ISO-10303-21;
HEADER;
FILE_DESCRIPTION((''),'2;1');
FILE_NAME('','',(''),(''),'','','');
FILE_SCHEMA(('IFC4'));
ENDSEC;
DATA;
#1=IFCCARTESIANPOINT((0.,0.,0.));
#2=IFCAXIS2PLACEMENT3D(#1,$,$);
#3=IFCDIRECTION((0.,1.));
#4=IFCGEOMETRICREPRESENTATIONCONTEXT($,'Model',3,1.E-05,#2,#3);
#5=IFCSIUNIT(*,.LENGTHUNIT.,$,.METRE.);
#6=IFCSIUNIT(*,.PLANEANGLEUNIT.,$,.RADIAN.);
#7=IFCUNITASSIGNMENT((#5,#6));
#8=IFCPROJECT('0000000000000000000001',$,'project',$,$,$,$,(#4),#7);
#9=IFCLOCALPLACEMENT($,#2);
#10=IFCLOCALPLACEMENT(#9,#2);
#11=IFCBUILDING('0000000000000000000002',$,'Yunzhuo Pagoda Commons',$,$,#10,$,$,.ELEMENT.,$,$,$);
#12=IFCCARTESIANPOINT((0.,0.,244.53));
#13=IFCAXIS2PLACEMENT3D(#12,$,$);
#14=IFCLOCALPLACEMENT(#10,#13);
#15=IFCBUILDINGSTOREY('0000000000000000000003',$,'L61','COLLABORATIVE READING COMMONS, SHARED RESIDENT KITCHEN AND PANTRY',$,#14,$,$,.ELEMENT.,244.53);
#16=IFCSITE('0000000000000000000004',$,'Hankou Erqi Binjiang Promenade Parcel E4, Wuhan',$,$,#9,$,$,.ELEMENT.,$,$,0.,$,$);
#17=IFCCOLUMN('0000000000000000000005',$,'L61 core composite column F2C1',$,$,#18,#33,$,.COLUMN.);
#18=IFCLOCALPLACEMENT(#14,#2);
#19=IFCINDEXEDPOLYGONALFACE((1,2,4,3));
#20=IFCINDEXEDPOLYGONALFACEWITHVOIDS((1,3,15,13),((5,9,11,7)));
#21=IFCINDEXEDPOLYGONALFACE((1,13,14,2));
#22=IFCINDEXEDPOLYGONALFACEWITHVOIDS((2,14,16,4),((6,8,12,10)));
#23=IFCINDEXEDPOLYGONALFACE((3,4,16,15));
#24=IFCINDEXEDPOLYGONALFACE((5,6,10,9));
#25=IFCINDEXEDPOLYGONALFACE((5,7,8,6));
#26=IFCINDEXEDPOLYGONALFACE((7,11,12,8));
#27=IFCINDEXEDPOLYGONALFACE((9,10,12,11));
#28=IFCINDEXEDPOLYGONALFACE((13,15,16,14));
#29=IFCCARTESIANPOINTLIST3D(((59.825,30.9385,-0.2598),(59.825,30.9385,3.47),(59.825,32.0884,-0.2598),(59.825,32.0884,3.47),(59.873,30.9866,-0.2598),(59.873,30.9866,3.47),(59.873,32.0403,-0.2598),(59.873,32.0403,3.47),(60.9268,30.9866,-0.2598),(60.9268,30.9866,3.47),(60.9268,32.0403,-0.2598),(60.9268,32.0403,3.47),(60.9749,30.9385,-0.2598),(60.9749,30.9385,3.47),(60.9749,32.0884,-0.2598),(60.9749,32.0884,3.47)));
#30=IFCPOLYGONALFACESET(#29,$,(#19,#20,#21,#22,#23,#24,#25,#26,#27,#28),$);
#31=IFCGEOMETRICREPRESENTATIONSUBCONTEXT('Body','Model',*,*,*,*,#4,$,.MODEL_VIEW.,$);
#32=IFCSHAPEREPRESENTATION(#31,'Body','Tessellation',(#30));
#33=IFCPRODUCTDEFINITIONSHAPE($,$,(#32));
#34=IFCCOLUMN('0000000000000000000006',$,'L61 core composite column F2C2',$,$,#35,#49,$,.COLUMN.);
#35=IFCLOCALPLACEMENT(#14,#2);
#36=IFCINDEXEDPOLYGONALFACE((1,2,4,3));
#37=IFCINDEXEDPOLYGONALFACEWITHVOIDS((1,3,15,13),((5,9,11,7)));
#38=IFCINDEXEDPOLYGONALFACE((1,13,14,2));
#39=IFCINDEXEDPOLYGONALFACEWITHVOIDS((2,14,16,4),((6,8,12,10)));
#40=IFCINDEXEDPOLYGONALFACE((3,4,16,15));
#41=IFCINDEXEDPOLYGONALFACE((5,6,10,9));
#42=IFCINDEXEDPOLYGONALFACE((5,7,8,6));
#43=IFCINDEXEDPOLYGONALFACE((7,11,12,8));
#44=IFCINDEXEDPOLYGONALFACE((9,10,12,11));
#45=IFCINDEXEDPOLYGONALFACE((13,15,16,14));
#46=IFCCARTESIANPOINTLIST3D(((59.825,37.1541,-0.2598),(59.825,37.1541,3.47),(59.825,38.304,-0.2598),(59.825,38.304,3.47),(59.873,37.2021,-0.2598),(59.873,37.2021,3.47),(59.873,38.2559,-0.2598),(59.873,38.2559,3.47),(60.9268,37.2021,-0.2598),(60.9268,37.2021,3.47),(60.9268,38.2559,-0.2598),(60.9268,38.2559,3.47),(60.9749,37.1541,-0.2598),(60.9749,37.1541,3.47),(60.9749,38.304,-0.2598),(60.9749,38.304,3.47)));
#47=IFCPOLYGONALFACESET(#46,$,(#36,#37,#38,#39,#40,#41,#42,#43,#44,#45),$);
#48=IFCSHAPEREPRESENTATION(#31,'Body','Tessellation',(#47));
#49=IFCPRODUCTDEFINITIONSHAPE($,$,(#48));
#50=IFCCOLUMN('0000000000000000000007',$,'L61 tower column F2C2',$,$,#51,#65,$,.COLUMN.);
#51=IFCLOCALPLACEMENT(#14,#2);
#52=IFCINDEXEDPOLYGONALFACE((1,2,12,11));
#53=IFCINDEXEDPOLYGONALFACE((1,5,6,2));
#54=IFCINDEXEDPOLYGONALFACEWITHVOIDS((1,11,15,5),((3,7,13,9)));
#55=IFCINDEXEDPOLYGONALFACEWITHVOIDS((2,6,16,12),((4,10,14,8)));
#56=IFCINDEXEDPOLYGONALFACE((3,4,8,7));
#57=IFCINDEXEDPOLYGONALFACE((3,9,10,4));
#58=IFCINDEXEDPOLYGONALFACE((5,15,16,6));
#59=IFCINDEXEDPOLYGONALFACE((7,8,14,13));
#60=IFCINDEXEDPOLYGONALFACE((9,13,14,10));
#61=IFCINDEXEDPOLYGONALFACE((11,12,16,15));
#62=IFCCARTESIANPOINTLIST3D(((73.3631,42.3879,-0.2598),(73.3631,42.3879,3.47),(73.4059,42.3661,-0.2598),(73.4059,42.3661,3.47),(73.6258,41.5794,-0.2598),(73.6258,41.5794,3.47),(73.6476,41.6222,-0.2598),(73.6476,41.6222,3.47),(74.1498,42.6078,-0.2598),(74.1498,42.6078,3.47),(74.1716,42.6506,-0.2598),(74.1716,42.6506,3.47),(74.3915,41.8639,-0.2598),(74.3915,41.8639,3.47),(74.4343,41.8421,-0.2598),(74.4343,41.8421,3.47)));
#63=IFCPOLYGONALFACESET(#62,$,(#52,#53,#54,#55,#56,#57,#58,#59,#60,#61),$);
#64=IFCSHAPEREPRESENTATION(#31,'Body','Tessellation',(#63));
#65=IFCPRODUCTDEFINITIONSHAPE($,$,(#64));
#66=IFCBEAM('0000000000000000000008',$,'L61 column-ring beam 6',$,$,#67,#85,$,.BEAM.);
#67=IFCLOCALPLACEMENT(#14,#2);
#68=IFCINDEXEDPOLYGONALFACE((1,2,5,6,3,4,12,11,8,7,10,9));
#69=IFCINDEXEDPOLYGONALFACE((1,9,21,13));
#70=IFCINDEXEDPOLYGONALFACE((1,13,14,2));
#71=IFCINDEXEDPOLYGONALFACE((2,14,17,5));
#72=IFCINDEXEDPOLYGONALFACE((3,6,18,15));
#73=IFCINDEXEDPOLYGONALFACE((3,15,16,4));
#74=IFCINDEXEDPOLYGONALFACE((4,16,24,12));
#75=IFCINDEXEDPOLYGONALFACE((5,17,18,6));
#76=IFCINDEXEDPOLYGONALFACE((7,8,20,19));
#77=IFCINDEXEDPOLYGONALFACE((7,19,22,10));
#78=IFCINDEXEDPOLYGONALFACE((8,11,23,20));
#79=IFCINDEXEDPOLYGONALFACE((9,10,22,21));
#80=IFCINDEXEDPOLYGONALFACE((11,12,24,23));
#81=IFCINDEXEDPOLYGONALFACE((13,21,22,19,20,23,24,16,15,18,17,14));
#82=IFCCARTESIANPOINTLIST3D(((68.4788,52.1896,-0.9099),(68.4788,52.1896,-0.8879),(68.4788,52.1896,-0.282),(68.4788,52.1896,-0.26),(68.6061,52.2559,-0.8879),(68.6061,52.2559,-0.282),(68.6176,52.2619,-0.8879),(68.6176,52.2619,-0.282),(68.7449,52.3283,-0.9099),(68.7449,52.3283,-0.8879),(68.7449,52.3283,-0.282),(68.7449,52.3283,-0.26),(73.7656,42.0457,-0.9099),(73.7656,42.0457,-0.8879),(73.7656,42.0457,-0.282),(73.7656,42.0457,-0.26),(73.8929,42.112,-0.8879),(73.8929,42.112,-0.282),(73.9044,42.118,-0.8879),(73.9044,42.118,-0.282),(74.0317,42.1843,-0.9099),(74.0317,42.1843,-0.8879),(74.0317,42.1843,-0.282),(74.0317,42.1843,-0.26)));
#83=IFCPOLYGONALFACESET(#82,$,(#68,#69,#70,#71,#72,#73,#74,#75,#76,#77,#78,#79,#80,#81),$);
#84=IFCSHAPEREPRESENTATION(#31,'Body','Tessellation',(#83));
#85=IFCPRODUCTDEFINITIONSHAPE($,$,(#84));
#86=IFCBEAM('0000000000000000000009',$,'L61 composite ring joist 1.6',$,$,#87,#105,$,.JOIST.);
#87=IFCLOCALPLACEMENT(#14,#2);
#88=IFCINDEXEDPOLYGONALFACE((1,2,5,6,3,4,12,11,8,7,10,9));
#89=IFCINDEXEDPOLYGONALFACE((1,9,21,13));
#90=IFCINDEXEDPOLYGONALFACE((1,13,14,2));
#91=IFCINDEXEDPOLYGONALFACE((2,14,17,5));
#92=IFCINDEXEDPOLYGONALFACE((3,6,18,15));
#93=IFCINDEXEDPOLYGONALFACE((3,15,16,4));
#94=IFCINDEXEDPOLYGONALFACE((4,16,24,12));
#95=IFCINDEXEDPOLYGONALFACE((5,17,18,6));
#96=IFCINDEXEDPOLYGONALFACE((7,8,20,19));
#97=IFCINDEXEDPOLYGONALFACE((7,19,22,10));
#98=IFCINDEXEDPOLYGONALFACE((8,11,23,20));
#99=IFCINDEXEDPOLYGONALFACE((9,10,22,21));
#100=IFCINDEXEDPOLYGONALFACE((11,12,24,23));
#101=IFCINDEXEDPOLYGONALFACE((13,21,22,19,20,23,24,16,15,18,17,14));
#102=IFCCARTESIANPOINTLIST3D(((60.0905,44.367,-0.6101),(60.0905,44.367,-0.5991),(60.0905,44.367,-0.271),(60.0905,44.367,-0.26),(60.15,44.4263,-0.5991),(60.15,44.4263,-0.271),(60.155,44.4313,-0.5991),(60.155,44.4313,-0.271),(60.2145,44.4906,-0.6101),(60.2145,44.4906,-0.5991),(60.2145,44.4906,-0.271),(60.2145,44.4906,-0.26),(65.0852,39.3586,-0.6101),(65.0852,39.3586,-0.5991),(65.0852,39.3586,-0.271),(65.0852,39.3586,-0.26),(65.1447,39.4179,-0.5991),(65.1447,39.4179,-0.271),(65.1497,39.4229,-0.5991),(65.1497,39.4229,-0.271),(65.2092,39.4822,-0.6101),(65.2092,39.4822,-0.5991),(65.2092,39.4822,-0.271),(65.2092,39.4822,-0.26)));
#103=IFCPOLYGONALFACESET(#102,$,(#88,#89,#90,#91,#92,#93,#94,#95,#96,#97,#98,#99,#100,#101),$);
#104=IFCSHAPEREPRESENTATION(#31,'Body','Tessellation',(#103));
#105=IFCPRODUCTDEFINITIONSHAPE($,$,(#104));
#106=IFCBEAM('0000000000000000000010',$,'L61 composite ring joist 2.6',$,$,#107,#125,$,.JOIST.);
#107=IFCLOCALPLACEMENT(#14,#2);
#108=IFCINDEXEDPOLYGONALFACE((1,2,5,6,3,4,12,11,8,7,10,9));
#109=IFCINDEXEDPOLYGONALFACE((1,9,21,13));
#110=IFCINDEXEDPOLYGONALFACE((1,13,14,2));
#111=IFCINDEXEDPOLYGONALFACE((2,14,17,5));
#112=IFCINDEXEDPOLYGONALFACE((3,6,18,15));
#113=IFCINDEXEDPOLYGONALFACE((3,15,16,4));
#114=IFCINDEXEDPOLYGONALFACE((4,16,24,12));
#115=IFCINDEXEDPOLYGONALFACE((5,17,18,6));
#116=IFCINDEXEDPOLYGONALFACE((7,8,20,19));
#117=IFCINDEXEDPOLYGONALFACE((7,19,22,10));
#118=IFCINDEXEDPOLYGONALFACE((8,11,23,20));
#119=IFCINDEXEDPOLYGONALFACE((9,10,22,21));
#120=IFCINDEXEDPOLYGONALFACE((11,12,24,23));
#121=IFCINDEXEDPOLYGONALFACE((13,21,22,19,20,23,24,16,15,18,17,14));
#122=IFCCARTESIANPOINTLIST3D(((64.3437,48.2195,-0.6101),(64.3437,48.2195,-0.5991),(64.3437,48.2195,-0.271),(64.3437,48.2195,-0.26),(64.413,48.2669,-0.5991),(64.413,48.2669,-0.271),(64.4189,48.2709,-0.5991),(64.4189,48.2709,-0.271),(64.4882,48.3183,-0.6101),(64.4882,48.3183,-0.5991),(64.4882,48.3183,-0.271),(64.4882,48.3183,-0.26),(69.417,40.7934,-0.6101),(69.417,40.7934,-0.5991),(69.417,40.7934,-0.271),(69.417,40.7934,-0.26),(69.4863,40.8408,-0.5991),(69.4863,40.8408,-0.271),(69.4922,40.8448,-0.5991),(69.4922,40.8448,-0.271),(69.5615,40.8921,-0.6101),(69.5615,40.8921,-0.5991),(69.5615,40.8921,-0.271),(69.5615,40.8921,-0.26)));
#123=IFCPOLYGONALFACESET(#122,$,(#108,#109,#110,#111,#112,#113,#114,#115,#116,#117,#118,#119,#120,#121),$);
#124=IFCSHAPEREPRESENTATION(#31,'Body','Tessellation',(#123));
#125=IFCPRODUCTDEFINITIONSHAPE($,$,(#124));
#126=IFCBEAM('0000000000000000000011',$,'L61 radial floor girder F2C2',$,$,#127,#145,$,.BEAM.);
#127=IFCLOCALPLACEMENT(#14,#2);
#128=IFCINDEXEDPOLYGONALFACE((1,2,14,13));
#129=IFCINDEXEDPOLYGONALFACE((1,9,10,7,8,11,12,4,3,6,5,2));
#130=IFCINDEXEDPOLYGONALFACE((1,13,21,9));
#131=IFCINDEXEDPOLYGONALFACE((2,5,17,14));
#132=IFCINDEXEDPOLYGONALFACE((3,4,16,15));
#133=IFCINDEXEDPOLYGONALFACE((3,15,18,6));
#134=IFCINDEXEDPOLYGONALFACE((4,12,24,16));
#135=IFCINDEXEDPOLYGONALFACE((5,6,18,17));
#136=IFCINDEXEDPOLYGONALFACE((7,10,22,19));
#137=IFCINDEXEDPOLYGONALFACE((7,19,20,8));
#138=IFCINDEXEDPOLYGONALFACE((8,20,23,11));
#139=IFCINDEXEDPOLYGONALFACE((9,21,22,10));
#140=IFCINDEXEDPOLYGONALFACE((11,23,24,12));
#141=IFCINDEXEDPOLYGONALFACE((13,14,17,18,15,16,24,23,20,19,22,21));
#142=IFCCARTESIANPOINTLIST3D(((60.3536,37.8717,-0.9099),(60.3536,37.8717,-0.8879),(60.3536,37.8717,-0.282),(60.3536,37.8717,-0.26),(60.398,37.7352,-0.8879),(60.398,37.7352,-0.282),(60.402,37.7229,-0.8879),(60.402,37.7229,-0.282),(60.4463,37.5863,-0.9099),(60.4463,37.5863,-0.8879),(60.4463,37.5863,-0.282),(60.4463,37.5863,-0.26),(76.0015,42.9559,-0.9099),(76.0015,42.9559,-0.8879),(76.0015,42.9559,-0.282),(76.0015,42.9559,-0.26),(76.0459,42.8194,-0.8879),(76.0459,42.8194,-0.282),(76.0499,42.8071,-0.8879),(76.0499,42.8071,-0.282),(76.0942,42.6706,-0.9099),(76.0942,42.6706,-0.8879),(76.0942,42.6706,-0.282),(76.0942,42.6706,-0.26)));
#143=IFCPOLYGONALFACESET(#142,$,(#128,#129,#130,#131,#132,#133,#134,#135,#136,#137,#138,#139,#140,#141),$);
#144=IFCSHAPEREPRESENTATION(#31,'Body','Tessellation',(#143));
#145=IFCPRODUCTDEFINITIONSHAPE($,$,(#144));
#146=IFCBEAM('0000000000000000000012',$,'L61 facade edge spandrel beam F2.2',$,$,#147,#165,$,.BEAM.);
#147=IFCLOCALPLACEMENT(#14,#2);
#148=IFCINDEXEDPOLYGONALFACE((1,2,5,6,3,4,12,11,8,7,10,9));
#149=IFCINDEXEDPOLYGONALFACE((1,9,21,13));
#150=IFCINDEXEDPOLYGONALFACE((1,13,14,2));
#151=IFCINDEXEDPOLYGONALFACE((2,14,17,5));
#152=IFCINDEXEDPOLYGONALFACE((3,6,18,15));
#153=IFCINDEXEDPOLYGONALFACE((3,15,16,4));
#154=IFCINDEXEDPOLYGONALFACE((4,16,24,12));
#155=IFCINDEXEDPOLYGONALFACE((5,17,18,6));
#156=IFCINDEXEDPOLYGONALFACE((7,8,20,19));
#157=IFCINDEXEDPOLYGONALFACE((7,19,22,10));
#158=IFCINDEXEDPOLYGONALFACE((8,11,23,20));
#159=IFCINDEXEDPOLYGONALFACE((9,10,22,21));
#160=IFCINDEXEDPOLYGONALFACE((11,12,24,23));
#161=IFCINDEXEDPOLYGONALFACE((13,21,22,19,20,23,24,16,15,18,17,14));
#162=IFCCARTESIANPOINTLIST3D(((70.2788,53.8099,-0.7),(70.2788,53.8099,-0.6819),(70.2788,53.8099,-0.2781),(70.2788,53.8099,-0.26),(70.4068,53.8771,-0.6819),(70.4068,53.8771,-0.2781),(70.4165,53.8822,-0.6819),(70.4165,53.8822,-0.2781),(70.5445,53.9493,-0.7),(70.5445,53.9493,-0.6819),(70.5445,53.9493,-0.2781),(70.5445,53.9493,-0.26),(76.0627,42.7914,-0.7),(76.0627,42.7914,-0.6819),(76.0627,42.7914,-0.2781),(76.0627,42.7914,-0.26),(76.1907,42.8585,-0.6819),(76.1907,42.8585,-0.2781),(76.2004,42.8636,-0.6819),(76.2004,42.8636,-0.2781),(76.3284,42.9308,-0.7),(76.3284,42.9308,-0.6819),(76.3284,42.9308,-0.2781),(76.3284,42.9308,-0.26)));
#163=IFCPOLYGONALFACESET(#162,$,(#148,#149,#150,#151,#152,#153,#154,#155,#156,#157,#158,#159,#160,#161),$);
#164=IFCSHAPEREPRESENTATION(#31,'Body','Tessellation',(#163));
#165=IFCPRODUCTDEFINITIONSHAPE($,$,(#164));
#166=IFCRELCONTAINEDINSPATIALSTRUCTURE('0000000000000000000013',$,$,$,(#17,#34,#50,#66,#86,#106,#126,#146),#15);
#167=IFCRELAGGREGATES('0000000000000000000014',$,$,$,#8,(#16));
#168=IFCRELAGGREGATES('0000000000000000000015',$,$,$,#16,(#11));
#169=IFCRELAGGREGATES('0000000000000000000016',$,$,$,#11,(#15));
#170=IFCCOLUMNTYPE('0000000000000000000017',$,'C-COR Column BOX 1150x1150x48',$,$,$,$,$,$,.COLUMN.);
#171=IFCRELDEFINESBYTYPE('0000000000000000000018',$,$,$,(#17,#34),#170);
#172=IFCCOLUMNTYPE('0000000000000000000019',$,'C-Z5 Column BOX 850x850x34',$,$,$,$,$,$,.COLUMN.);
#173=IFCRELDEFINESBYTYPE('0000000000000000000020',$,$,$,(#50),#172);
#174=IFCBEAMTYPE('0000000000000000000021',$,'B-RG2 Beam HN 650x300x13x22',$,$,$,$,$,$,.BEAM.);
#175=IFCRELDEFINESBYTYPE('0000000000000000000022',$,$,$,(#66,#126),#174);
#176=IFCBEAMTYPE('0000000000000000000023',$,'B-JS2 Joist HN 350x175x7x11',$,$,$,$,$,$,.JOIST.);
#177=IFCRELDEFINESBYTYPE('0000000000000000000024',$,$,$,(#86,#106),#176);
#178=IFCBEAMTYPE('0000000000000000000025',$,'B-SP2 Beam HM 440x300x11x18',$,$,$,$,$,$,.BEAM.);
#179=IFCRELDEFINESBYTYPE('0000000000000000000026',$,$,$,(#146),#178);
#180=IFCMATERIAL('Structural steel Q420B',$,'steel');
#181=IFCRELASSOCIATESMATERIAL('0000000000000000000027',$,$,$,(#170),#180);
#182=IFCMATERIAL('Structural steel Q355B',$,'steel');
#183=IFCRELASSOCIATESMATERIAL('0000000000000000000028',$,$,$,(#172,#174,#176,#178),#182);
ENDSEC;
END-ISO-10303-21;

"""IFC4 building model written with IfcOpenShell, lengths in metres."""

from ifc_helpers import new_model, si_unit, direction, frame, origin, origin_2d, place, context, subcontext, project, spatial, hollow_rectangle, i_section, extrude, source, transform, mapped, material, material_profile, profile_set, type_object, element, save


model = new_model("IFC4")

# Units and contexts
model_context = context("Model", 3, precision=1e-05, world=origin(), true_north=direction((0.0, 1.0)))
body_context = subcontext(model_context, "Body", "Model", "MODEL_VIEW")
ifc_project = project(units=[si_unit("LENGTHUNIT", "METRE"), si_unit("PLANEANGLEUNIT", "RADIAN")], contexts=[model_context])

# Site, building, storey
site_placement = place(None, origin())
site = spatial("IfcSite", under=ifc_project, at=site_placement, Name="Hankou Erqi Binjiang Promenade Parcel E4, Wuhan", CompositionType="ELEMENT", RefElevation=0.0)
building_placement = place(site_placement, origin())
building = spatial("IfcBuilding", under=site, at=building_placement, Name="Yunzhuo Pagoda Commons", CompositionType="ELEMENT")
storey_placement = place(building_placement, frame((0.0, 0.0, 244.53)))
storey = spatial("IfcBuildingStorey", under=building, at=storey_placement, Name="L61", Description="COLLABORATIVE READING COMMONS, SHARED RESIDENT KITCHEN AND PANTRY", CompositionType="ELEMENT", Elevation=244.53)

# Columns
ifc_material_1 = material(Name="Structural steel Q420B", Category="steel")
ifc_material_profile_1 = material_profile(ifc_material_1, hollow_rectangle(XDim=1.1499, YDim=1.1499, WallThickness=0.0481, at=origin_2d()), Name="Structural steel Q420B")
ifc_profile_set_1 = profile_set([ifc_material_profile_1], Name="Structural steel Q420B")
column_type_1 = type_object("IfcColumnType", Name="C-COR Column BOX 1150x1150x48", PredefinedType="COLUMN", material=ifc_profile_set_1)
shared_shape_1 = source(origin(), body_context, "Body", "SweptSolid", [
    extrude(hollow_rectangle(XDim=1.1499, YDim=1.1499, WallThickness=0.0481, at=origin_2d()), origin(), (0.0, 0.0, 1.0), 3.7297),
])
for number, where, z_axis, x_axis, name in (
    (1, (60.3999, 31.5134, -0.2598), (0.0, 0.0, 1.0), (1.0, 0.0, 0.0), "L61 core composite column F2C1"),
    (2, (60.3999, 37.729, -0.2598), (0.0, 0.0, 1.0), (1.0, 0.0, 0.0), "L61 core composite column F2C2"),
):
    element("IfcColumn", number, at=place(storey_placement, frame(where, z_axis=z_axis, x_axis=x_axis)), inside=storey, type_object=column_type_1, Name=name, PredefinedType="COLUMN", context=body_context, shape_type="MappedRepresentation", body=[
        mapped(shared_shape_1, transform((0.0, 0.0, 0.0), scale=1.0)),
    ])
ifc_material_2 = material(Name="Structural steel Q355B", Category="steel")
ifc_material_profile_2 = material_profile(ifc_material_2, hollow_rectangle(XDim=0.8501, YDim=0.8501, WallThickness=0.0339, at=origin_2d()), Name="Structural steel Q355B")
ifc_profile_set_2 = profile_set([ifc_material_profile_2], Name="Structural steel Q355B")
column_type_2 = type_object("IfcColumnType", Name="C-Z5 Column BOX 850x850x34", PredefinedType="COLUMN", material=ifc_profile_set_2)
shared_shape_2 = source(origin(), body_context, "Body", "SweptSolid", [
    extrude(hollow_rectangle(XDim=0.8501, YDim=0.8501, WallThickness=0.0339, at=origin_2d()), origin(), (0.0, 0.0, 1.0), 3.7297),
])
column_placement = place(storey_placement, frame((73.8987, 42.115, -0.2598), z_axis=(0.0, 0.0, 1.0), x_axis=(-0.309017, 0.951057, 0.0)))
element("IfcColumn", 3, at=column_placement, inside=storey, type_object=column_type_2, Name="L61 tower column F2C2", PredefinedType="COLUMN", context=body_context, shape_type="MappedRepresentation", body=[
    mapped(shared_shape_2, transform((0.0, 0.0, 0.0), scale=1.0)),
])

# Beams
ifc_material_profile_3 = material_profile(ifc_material_2, i_section(OverallWidth=0.3, OverallDepth=0.6499, WebThickness=0.0129, FlangeThickness=0.022, at=origin_2d()), Name="Structural steel Q355B")
ifc_profile_set_3 = profile_set([ifc_material_profile_3], Name="Structural steel Q355B")
beam_type_1 = type_object("IfcBeamType", Name="B-RG2 Beam HN 650x300x13x22", PredefinedType="BEAM", material=ifc_profile_set_3)
shared_shape_3 = source(origin(), body_context, "Body", "SweptSolid", [
    extrude(i_section(OverallWidth=0.3, OverallDepth=0.6499, WebThickness=0.0129, FlangeThickness=0.022, at=origin_2d()), origin(), (0.0, 0.0, 1.0), 11.439),
])
beam_1_placement = place(storey_placement, frame((73.8987, 42.115, -0.585), z_axis=(-0.462176, 0.886788, 0.0), x_axis=(-0.886788, -0.462176, 0.0)))
element("IfcBeam", 4, at=beam_1_placement, inside=storey, type_object=beam_type_1, Name="L61 column-ring beam 6", PredefinedType="BEAM", context=body_context, shape_type="MappedRepresentation", body=[
    mapped(shared_shape_3, transform((0.0, 0.0, 0.0), scale=1.0)),
])
ifc_material_profile_4 = material_profile(ifc_material_2, i_section(OverallWidth=0.175, OverallDepth=0.3501, WebThickness=0.0071, FlangeThickness=0.011, at=origin_2d()), Name="Structural steel Q355B")
ifc_profile_set_4 = profile_set([ifc_material_profile_4], Name="Structural steel Q355B")
beam_type_2 = type_object("IfcBeamType", Name="B-JS2 Joist HN 350x175x7x11", PredefinedType="JOIST", material=ifc_profile_set_4)
shared_shape_4 = source(origin(), body_context, "Body", "SweptSolid", [
    extrude(i_section(OverallWidth=0.175, OverallDepth=0.3501, WebThickness=0.0071, FlangeThickness=0.011, at=origin_2d()), origin(), (0.0, 0.0, 1.0), 7.0732),
])
beam_2_placement = place(storey_placement, frame((65.1472, 39.4204, -0.4351), z_axis=(-0.70614, 0.708073, 0.0), x_axis=(-0.708073, -0.70614, 0.0)))
element("IfcBeam", 5, at=beam_2_placement, inside=storey, type_object=beam_type_2, Name="L61 composite ring joist 1.6", PredefinedType="JOIST", context=body_context, shape_type="MappedRepresentation", body=[
    mapped(shared_shape_4, transform((0.0, 0.0, 0.0), scale=1.0)),
])
shared_shape_5 = source(origin(), body_context, "Body", "SweptSolid", [
    extrude(i_section(OverallWidth=0.175, OverallDepth=0.3501, WebThickness=0.0071, FlangeThickness=0.011, at=origin_2d()), origin(), (0.0, 0.0, 1.0), 8.9937),
])
beam_3_placement = place(storey_placement, frame((69.4893, 40.8428, -0.4351), z_axis=(-0.564099, 0.825707, 0.0), x_axis=(-0.825707, -0.564099, 0.0)))
element("IfcBeam", 6, at=beam_3_placement, inside=storey, type_object=beam_type_2, Name="L61 composite ring joist 2.6", PredefinedType="JOIST", context=body_context, shape_type="MappedRepresentation", body=[
    mapped(shared_shape_5, transform((0.0, 0.0, 0.0), scale=1.0)),
])
shared_shape_6 = source(origin(), body_context, "Body", "SweptSolid", [
    extrude(i_section(OverallWidth=0.3, OverallDepth=0.6499, WebThickness=0.0129, FlangeThickness=0.022, at=origin_2d()), origin(), (0.0, 0.0, 1.0), 16.4531),
])
beam_4_placement = place(storey_placement, frame((76.0479, 42.8132, -0.585), z_axis=(-0.951058, -0.309012, 0.0), x_axis=(0.309012, -0.951058, 0.0)))
element("IfcBeam", 7, at=beam_4_placement, inside=storey, type_object=beam_type_1, Name="L61 radial floor girder F2C2", PredefinedType="BEAM", context=body_context, shape_type="MappedRepresentation", body=[
    mapped(shared_shape_6, transform((0.0, 0.0, 0.0), scale=1.0)),
])
ifc_material_profile_5 = material_profile(ifc_material_2, i_section(OverallWidth=0.3, OverallDepth=0.4399, WebThickness=0.011, FlangeThickness=0.0181, at=origin_2d()), Name="Structural steel Q355B")
ifc_profile_set_5 = profile_set([ifc_material_profile_5], Name="Structural steel Q355B")
beam_type_3 = type_object("IfcBeamType", Name="B-SP2 Beam HM 440x300x11x18", PredefinedType="BEAM", material=ifc_profile_set_5)
shared_shape_7 = source(origin(), body_context, "Body", "SweptSolid", [
    extrude(i_section(OverallWidth=0.3, OverallDepth=0.4399, WebThickness=0.011, FlangeThickness=0.0181, at=origin_2d()), origin(), (0.0, 0.0, 1.0), 12.4443),
])
beam_5_placement = place(storey_placement, frame((76.1956, 42.8611, -0.48), z_axis=(-0.464783, 0.885425, 0.0), x_axis=(-0.885425, -0.464783, 0.0)))
element("IfcBeam", 8, at=beam_5_placement, inside=storey, type_object=beam_type_3, Name="L61 facade edge spandrel beam F2.2", PredefinedType="BEAM", context=body_context, shape_type="MappedRepresentation", body=[
    mapped(shared_shape_7, transform((0.0, 0.0, 0.0), scale=1.0)),
])

save(model, "model.ifc")
